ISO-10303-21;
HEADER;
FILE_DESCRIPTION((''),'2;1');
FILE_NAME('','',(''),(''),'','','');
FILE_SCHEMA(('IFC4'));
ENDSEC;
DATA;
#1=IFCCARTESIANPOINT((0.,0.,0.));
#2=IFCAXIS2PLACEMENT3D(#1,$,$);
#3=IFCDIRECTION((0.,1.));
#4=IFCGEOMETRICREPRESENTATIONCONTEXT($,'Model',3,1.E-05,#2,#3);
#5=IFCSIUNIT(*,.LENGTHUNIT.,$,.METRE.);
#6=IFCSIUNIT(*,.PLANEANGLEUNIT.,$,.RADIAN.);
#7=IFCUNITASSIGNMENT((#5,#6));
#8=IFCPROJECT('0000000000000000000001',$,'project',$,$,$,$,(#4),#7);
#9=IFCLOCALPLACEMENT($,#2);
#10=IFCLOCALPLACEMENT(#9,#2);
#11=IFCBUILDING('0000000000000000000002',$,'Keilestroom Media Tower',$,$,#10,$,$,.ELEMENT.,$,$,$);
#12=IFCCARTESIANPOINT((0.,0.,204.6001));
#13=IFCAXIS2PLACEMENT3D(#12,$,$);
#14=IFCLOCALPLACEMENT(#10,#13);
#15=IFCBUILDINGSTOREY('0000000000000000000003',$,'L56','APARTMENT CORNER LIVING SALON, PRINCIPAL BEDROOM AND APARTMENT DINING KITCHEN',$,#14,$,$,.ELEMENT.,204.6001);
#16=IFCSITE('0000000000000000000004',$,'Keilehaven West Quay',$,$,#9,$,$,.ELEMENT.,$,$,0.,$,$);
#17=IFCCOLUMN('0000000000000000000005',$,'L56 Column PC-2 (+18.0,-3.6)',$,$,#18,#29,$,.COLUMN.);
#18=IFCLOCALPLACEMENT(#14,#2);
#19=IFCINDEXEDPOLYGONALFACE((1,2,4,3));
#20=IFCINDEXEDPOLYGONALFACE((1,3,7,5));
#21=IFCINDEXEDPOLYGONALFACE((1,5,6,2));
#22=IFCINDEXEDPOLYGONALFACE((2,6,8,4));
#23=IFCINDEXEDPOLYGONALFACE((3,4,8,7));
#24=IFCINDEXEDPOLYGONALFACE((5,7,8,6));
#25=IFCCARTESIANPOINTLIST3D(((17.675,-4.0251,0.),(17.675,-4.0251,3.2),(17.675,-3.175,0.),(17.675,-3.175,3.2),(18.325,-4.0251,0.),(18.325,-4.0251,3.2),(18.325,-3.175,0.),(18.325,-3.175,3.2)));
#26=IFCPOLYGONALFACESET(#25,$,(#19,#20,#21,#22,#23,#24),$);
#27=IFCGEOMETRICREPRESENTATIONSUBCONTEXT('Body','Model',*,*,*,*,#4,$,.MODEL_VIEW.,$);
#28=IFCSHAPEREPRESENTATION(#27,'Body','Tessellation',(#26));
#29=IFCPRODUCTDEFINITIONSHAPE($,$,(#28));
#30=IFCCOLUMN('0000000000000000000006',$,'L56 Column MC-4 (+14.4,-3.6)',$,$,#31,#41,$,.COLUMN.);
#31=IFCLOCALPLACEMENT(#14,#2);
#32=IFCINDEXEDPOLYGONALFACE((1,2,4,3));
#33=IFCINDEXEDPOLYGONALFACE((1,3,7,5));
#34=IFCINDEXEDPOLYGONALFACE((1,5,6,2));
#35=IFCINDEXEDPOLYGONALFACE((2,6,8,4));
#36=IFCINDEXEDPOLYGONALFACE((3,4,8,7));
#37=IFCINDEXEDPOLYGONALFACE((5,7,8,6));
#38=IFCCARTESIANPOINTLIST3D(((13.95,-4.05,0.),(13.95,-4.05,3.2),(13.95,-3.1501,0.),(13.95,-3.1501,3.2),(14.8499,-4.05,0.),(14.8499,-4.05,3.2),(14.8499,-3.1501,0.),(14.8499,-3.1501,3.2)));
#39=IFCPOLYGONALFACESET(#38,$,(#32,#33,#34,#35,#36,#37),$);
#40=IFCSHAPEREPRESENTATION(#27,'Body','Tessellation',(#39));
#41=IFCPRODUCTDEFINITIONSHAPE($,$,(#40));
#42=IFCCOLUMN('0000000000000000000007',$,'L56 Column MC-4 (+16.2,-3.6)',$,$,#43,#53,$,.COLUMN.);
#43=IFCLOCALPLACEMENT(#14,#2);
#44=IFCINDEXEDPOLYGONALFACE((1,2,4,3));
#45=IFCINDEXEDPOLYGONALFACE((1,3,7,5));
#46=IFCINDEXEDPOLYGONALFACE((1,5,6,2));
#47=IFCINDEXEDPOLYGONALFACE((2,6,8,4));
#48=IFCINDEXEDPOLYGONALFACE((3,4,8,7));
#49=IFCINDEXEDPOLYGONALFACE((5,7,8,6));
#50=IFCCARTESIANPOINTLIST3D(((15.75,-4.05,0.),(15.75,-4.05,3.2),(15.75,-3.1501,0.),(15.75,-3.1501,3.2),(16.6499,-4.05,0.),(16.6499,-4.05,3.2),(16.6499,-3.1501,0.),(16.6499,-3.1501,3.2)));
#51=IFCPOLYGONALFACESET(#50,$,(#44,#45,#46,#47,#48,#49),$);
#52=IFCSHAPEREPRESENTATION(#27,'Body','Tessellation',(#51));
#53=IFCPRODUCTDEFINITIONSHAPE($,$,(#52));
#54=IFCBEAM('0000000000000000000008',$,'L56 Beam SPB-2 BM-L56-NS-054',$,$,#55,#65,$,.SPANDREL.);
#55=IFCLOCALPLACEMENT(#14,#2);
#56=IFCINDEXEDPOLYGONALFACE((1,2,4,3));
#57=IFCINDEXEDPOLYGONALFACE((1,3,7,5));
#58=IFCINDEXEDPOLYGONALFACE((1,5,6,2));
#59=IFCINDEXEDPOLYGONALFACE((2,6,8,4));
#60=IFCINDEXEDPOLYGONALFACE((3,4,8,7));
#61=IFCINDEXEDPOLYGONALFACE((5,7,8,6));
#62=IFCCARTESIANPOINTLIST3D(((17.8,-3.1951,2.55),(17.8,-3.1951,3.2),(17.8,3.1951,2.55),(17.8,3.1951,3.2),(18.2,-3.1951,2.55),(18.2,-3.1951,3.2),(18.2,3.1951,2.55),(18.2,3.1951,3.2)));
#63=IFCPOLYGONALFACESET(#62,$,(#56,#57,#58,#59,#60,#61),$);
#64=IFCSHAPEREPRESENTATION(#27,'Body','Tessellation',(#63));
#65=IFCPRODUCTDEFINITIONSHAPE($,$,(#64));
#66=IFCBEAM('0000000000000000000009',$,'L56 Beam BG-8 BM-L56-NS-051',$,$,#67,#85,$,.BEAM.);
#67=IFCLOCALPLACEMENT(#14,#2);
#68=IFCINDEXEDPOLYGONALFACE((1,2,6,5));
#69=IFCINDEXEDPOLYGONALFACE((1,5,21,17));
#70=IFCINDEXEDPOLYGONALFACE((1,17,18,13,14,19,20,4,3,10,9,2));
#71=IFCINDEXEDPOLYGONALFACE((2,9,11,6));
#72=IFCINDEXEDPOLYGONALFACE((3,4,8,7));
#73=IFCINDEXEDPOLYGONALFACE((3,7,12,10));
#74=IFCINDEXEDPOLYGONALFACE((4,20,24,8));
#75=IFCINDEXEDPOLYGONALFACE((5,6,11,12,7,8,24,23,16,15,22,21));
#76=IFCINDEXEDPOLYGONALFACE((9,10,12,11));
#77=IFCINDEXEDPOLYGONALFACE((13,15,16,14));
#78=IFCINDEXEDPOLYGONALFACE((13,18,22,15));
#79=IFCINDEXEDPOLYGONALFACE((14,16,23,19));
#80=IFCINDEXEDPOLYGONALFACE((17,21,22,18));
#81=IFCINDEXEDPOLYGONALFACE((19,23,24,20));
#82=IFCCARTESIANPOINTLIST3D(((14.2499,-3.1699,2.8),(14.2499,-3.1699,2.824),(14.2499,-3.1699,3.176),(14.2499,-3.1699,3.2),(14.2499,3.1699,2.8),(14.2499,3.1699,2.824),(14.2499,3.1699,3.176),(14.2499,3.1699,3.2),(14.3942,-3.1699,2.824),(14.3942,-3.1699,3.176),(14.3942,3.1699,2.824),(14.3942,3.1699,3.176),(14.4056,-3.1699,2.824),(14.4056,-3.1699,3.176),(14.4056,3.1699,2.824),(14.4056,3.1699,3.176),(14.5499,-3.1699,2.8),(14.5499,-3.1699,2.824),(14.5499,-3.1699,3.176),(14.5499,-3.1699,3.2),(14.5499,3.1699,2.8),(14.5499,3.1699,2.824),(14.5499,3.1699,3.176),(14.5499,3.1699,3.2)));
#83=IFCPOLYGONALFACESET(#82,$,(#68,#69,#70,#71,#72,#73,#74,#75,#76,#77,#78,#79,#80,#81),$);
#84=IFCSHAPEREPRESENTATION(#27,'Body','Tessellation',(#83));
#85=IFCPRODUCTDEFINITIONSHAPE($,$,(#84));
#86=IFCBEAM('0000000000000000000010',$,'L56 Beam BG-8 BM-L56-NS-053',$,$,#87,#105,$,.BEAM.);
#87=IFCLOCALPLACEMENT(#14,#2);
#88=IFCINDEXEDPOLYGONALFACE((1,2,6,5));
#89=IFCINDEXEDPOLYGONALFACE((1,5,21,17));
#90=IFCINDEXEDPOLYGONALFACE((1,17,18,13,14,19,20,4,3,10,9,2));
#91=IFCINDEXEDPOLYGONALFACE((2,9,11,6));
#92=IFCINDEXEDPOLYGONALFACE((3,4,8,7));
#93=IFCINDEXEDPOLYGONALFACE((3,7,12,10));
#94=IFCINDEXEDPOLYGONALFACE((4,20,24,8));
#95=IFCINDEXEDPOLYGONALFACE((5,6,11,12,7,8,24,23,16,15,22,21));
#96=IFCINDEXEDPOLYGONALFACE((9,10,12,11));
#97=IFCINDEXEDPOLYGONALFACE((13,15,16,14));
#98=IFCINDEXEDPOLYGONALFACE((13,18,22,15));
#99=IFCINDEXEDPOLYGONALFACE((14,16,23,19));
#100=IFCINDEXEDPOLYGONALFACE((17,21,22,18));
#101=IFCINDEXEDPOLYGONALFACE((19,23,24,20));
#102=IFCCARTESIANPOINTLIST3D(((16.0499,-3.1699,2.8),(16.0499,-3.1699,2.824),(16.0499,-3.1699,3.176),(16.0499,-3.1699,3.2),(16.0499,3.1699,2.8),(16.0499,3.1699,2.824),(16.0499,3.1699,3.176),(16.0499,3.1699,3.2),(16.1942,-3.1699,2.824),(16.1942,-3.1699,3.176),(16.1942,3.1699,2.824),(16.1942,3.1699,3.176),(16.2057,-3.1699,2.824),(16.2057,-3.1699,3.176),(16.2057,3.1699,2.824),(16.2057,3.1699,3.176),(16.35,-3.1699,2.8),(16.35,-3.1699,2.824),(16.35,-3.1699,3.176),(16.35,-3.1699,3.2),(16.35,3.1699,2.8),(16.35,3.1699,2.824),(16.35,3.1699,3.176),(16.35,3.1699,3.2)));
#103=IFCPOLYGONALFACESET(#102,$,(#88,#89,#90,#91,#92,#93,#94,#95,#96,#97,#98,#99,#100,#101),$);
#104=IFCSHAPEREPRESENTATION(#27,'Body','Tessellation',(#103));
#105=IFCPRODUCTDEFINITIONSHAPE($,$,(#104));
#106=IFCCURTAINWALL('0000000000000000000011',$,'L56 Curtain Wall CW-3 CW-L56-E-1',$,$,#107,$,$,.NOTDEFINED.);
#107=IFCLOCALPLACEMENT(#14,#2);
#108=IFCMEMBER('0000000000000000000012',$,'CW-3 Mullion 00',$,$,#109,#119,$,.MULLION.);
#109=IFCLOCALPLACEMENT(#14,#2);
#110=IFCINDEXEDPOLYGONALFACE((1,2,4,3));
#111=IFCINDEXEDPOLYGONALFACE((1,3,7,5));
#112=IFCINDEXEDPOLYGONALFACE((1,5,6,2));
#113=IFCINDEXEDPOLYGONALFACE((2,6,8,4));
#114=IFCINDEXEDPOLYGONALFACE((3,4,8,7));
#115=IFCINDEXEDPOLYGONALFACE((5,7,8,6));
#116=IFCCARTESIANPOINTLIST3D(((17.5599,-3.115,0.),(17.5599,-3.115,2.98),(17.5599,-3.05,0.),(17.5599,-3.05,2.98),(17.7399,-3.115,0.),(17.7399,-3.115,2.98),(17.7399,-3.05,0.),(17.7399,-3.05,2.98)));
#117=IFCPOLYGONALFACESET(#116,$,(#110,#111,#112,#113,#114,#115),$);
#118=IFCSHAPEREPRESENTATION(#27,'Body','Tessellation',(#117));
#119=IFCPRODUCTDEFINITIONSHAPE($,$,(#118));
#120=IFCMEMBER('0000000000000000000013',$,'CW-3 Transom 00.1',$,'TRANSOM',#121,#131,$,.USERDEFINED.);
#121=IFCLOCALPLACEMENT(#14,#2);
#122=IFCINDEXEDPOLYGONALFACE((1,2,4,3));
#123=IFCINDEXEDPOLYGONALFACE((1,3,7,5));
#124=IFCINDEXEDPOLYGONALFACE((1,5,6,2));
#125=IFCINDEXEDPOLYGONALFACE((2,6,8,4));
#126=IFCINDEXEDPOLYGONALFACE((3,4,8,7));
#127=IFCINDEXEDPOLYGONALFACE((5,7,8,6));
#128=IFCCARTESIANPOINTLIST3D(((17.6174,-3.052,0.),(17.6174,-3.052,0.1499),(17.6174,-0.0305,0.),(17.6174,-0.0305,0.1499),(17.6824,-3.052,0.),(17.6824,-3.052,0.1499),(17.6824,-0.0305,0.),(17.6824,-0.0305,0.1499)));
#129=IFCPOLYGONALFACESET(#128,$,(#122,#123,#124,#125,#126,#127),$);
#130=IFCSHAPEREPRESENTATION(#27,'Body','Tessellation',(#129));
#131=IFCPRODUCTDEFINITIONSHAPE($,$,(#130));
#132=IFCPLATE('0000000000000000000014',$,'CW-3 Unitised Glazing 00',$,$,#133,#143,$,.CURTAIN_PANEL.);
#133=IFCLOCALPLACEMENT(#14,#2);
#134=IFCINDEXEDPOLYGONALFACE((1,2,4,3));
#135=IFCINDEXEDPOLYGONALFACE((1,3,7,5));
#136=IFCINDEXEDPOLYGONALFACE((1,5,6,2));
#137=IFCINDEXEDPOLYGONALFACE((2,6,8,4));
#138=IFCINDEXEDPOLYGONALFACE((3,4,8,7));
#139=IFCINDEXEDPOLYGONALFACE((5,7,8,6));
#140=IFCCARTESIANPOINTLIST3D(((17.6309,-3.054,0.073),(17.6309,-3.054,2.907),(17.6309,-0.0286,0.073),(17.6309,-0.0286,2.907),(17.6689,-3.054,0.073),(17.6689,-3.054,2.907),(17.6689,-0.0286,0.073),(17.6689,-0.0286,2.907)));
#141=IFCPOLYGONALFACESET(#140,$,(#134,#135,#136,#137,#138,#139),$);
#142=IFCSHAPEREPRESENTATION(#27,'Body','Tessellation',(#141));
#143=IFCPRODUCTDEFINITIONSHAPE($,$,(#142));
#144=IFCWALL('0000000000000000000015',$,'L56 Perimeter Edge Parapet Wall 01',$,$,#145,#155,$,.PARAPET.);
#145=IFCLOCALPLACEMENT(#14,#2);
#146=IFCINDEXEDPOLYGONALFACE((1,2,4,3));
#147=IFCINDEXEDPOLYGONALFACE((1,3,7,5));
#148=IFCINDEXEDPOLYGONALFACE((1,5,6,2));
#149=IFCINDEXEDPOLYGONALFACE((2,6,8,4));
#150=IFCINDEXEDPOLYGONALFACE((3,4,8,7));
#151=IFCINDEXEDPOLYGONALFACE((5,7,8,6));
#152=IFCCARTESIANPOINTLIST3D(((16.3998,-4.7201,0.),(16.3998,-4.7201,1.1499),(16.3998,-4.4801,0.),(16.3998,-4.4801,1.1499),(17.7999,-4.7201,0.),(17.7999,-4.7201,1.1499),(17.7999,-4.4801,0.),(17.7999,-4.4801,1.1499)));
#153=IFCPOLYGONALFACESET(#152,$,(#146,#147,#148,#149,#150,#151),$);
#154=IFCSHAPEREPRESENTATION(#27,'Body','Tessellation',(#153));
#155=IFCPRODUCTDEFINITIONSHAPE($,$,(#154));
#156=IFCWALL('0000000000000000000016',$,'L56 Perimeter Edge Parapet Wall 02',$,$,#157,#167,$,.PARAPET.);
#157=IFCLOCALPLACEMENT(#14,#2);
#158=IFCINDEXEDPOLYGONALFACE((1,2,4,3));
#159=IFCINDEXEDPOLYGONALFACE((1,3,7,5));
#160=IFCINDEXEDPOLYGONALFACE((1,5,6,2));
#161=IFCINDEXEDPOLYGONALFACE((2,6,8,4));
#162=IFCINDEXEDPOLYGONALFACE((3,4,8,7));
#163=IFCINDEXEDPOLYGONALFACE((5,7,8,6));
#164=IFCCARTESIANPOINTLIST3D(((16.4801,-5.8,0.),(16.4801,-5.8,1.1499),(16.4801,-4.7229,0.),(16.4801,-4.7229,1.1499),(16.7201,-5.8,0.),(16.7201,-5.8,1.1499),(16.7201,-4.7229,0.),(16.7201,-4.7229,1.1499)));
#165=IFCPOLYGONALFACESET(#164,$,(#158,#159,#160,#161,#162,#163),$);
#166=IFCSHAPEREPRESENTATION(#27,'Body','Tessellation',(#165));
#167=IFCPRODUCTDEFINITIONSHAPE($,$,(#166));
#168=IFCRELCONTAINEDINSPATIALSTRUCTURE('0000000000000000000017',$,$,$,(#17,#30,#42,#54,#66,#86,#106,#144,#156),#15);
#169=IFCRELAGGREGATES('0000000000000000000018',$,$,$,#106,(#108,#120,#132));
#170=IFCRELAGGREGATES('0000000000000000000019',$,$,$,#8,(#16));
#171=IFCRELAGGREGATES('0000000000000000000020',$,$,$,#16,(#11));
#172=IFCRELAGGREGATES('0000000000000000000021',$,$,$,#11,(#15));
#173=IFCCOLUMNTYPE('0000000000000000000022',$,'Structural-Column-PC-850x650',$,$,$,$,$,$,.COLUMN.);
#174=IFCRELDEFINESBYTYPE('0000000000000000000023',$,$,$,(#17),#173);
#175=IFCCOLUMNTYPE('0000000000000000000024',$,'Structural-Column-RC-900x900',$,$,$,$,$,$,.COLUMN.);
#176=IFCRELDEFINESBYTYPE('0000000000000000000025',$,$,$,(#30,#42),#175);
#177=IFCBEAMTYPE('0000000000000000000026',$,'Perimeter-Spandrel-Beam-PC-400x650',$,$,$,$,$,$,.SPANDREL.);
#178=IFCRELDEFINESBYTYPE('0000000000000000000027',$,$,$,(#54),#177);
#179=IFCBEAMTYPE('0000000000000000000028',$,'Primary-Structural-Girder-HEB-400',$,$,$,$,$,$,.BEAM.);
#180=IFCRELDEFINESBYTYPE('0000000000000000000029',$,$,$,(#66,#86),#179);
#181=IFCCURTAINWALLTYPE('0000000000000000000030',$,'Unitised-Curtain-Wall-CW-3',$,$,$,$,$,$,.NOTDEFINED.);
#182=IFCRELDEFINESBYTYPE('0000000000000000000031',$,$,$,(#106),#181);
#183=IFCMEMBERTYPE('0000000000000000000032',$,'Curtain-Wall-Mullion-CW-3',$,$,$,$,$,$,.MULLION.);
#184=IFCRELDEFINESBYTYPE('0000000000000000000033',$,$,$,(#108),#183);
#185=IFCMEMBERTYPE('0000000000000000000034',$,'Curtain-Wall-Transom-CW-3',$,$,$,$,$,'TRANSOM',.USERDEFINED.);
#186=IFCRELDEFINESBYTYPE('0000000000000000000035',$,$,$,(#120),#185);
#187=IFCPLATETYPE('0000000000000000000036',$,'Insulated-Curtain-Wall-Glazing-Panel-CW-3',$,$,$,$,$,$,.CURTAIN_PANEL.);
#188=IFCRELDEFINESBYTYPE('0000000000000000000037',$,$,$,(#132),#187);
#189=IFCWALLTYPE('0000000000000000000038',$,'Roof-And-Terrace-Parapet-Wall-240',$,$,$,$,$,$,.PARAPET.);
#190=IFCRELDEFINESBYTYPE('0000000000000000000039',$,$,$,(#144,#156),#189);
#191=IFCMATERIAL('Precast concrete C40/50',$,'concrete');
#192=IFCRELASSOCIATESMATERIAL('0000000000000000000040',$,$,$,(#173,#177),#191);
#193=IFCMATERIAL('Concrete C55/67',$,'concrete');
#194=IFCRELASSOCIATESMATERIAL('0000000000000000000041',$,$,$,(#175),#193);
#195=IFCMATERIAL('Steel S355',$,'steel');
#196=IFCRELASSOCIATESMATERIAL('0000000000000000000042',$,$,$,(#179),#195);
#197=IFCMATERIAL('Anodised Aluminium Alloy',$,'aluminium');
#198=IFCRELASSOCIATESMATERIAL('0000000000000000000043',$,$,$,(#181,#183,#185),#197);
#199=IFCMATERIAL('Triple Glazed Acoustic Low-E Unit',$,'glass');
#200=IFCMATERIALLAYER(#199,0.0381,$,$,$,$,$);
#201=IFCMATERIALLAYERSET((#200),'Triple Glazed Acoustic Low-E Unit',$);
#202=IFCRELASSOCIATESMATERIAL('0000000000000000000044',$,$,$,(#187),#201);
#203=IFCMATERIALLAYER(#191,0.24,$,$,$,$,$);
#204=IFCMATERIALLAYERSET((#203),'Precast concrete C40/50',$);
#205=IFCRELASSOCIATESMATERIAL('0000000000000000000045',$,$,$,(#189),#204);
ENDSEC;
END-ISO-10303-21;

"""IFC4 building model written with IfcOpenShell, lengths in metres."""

from ifc_helpers import new_model, si_unit, direction, frame, frame_2d, origin, origin_2d, place, context, subcontext, project, spatial, rectangle, i_section, extrude, source, transform, mapped, material, layer, layer_set, material_profile, profile_set, type_object, element, aggregate, save


model = new_model("IFC4")

# Units and contexts
model_context = context("Model", 3, precision=1e-05, world=origin(), true_north=direction((0.0, 1.0)))
body_context = subcontext(model_context, "Body", "Model", "MODEL_VIEW")
ifc_project = project(units=[si_unit("LENGTHUNIT", "METRE"), si_unit("PLANEANGLEUNIT", "RADIAN")], contexts=[model_context])

# Site, building, storey
site_placement = place(None, origin())
site = spatial("IfcSite", under=ifc_project, at=site_placement, Name="Keilehaven West Quay", CompositionType="ELEMENT", RefElevation=0.0)
building_placement = place(site_placement, origin())
building = spatial("IfcBuilding", under=site, at=building_placement, Name="Keilestroom Media Tower", CompositionType="ELEMENT")
storey_placement = place(building_placement, frame((0.0, 0.0, 204.6001)))
storey = spatial("IfcBuildingStorey", under=building, at=storey_placement, Name="L56", Description="APARTMENT CORNER LIVING SALON, PRINCIPAL BEDROOM AND APARTMENT DINING KITCHEN", CompositionType="ELEMENT", Elevation=204.6001)

# Columns
ifc_material_1 = material(Name="Precast concrete C40/50", Category="concrete")
ifc_material_profile_1 = material_profile(ifc_material_1, rectangle(XDim=0.6499, YDim=0.8501, at=origin_2d()), Name="PC 850x650")
ifc_profile_set_1 = profile_set([ifc_material_profile_1], Name="Precast concrete C40/50")
column_type_1 = type_object("IfcColumnType", Name="Structural-Column-PC-850x650", PredefinedType="COLUMN", material=ifc_profile_set_1)
shared_shape_1 = source(origin(), body_context, "Body", "SweptSolid", [
    extrude(rectangle(XDim=0.6499, YDim=0.8501, at=origin_2d()), origin(), (0.0, 0.0, 1.0), 3.2),
])
column_placement = place(storey_placement, frame((18.0, -3.6001, 0.0), z_axis=(0.0, 0.0, 1.0), x_axis=(1.0, 0.0, 0.0)))
element("IfcColumn", 1, at=column_placement, inside=storey, type_object=column_type_1, Name="L56 Column PC-2 (+18.0,-3.6)", PredefinedType="COLUMN", context=body_context, shape_type="MappedRepresentation", body=[
    mapped(shared_shape_1, transform((0.0, 0.0, 0.0), x_axis=(1.0, 0.0, 0.0), y_axis=(0.0, 1.0, 0.0), z_axis=(0.0, 0.0, 1.0), scale=1.0)),
])
ifc_material_2 = material(Name="Concrete C55/67", Category="concrete")
ifc_material_profile_2 = material_profile(ifc_material_2, rectangle(XDim=0.8999, YDim=0.8999, at=origin_2d()), Name="RC 900x900")
ifc_profile_set_2 = profile_set([ifc_material_profile_2], Name="Concrete C55/67")
column_type_2 = type_object("IfcColumnType", Name="Structural-Column-RC-900x900", PredefinedType="COLUMN", material=ifc_profile_set_2)
shared_shape_2 = source(origin(), body_context, "Body", "SweptSolid", [
    extrude(rectangle(XDim=0.8999, YDim=0.8999, at=origin_2d()), origin(), (0.0, 0.0, 1.0), 3.2),
])
for number, where, z_axis, x_axis, name in (
    (2, (14.3999, -3.6001, 0.0), (0.0, 0.0, 1.0), (1.0, 0.0, 0.0), "L56 Column MC-4 (+14.4,-3.6)"),
    (3, (16.2, -3.6001, 0.0), (0.0, 0.0, 1.0), (1.0, 0.0, 0.0), "L56 Column MC-4 (+16.2,-3.6)"),
):
    element("IfcColumn", number, at=place(storey_placement, frame(where, z_axis=z_axis, x_axis=x_axis)), inside=storey, type_object=column_type_2, Name=name, PredefinedType="COLUMN", context=body_context, shape_type="MappedRepresentation", body=[
        mapped(shared_shape_2, transform((0.0, 0.0, 0.0), x_axis=(1.0, 0.0, 0.0), y_axis=(0.0, 1.0, 0.0), z_axis=(0.0, 0.0, 1.0), scale=1.0)),
    ])

# Beams
ifc_material_profile_3 = material_profile(ifc_material_1, rectangle(XDim=0.3999, YDim=0.6499, at=origin_2d()), Name="PC 400x650")
ifc_profile_set_3 = profile_set([ifc_material_profile_3], Name="Precast concrete C40/50")
beam_type_1 = type_object("IfcBeamType", Name="Perimeter-Spandrel-Beam-PC-400x650", PredefinedType="SPANDREL", material=ifc_profile_set_3)
shared_shape_3 = source(origin(), body_context, "Body", "SweptSolid", [
    extrude(rectangle(XDim=0.3999, YDim=0.6499, at=origin_2d()), origin(), (0.0, 0.0, 1.0), 6.3901),
])
beam_placement = place(storey_placement, frame((18.0, -3.1951, 2.875), z_axis=(0.0, 1.0, 0.0), x_axis=(-1.0, 0.0, 0.0)))
element("IfcBeam", 4, at=beam_placement, inside=storey, type_object=beam_type_1, Name="L56 Beam SPB-2 BM-L56-NS-054", PredefinedType="SPANDREL", context=body_context, shape_type="MappedRepresentation", body=[
    mapped(shared_shape_3, transform((0.0, 0.0, 0.0), x_axis=(1.0, 0.0, 0.0), y_axis=(0.0, 1.0, 0.0), z_axis=(0.0, 0.0, 1.0), scale=1.0)),
])
ifc_material_3 = material(Name="Steel S355", Category="steel")
ifc_material_profile_4 = material_profile(ifc_material_3, i_section(OverallWidth=0.3, OverallDepth=0.3999, WebThickness=0.0115, FlangeThickness=0.0239, at=origin_2d()), Name="HEB 400")
ifc_profile_set_4 = profile_set([ifc_material_profile_4], Name="Steel S355")
beam_type_2 = type_object("IfcBeamType", Name="Primary-Structural-Girder-HEB-400", PredefinedType="BEAM", material=ifc_profile_set_4)
shared_shape_4 = source(origin(), body_context, "Body", "SweptSolid", [
    extrude(i_section(OverallWidth=0.3, OverallDepth=0.3999, WebThickness=0.0115, FlangeThickness=0.0239, at=origin_2d()), origin(), (0.0, 0.0, 1.0), 6.3398),
])
for number, where, z_axis, x_axis, name in (
    (5, (14.3999, -3.1699, 3.0), (0.0, 1.0, 0.0), (-1.0, 0.0, 0.0), "L56 Beam BG-8 BM-L56-NS-051"),
    (6, (16.2, -3.1699, 3.0), (0.0, 1.0, 0.0), (-1.0, 0.0, 0.0), "L56 Beam BG-8 BM-L56-NS-053"),
):
    element("IfcBeam", number, at=place(storey_placement, frame(where, z_axis=z_axis, x_axis=x_axis)), inside=storey, type_object=beam_type_2, Name=name, PredefinedType="BEAM", context=body_context, shape_type="MappedRepresentation", body=[
        mapped(shared_shape_4, transform((0.0, 0.0, 0.0), x_axis=(1.0, 0.0, 0.0), y_axis=(0.0, 1.0, 0.0), z_axis=(0.0, 0.0, 1.0), scale=1.0)),
    ])

# Curtain wall, members, plate
ifc_material_4 = material(Name="Anodised Aluminium Alloy", Category="aluminium")
curtain_wall_type = type_object("IfcCurtainWallType", Name="Unitised-Curtain-Wall-CW-3", PredefinedType="NOTDEFINED", material=ifc_material_4)
curtain_wall_placement = place(storey_placement, origin())
curtain_wall = element("IfcCurtainWall", 7, at=curtain_wall_placement, inside=storey, type_object=curtain_wall_type, Name="L56 Curtain Wall CW-3 CW-L56-E-1", PredefinedType="NOTDEFINED")
ifc_material_profile_5 = material_profile(ifc_material_4, rectangle(XDim=0.0649, YDim=0.1799, at=origin_2d()), Name="ALU MULLION 65x180")
ifc_profile_set_5 = profile_set([ifc_material_profile_5], Name="Anodised Aluminium Alloy")
member_type_1 = type_object("IfcMemberType", Name="Curtain-Wall-Mullion-CW-3", PredefinedType="MULLION", material=ifc_profile_set_5)
shared_shape_5 = source(origin(), body_context, "Body", "SweptSolid", [
    extrude(rectangle(XDim=0.0649, YDim=0.1799, at=origin_2d()), origin(), (0.0, 0.0, 1.0), 2.98),
])
member_1_placement = place(storey_placement, frame((17.6499, -3.0825, 0.0), z_axis=(0.0, 0.0, 1.0), x_axis=(0.0, 1.0, 0.0)))
member_1 = element("IfcMember", 8, at=member_1_placement, type_object=member_type_1, Name="CW-3 Mullion 00", PredefinedType="MULLION", context=body_context, shape_type="MappedRepresentation", body=[
    mapped(shared_shape_5, transform((0.0, 0.0, 0.0), x_axis=(1.0, 0.0, 0.0), y_axis=(0.0, 1.0, 0.0), z_axis=(0.0, 0.0, 1.0), scale=1.0)),
])
ifc_material_profile_6 = material_profile(ifc_material_4, rectangle(XDim=0.0649, YDim=0.1499, at=origin_2d()), Name="ALU TRANSOM 65x150")
ifc_profile_set_6 = profile_set([ifc_material_profile_6], Name="Anodised Aluminium Alloy")
member_type_2 = type_object("IfcMemberType", Name="Curtain-Wall-Transom-CW-3", ElementType="TRANSOM", PredefinedType="USERDEFINED", material=ifc_profile_set_6)
shared_shape_6 = source(origin(), body_context, "Body", "SweptSolid", [
    extrude(rectangle(XDim=0.0649, YDim=0.1499, at=origin_2d()), origin(), (0.0, 0.0, 1.0), 3.0215),
])
member_2_placement = place(storey_placement, frame((17.6499, -3.052, 0.075), z_axis=(0.0, 1.0, 0.0), x_axis=(-1.0, 0.0, 0.0)))
member_2 = element("IfcMember", 9, at=member_2_placement, type_object=member_type_2, Name="CW-3 Transom 00.1", ObjectType="TRANSOM", PredefinedType="USERDEFINED", context=body_context, shape_type="MappedRepresentation", body=[
    mapped(shared_shape_6, transform((0.0, 0.0, 0.0), x_axis=(1.0, 0.0, 0.0), y_axis=(0.0, 1.0, 0.0), z_axis=(0.0, 0.0, 1.0), scale=1.0)),
])
ifc_material_5 = material(Name="Triple Glazed Acoustic Low-E Unit", Category="glass")
ifc_layer_1 = layer(ifc_material_5, 0.0381)
ifc_layer_set_1 = layer_set([ifc_layer_1], Name="Triple Glazed Acoustic Low-E Unit")
plate_type = type_object("IfcPlateType", Name="Insulated-Curtain-Wall-Glazing-Panel-CW-3", PredefinedType="CURTAIN_PANEL", material=ifc_layer_set_1)
shared_shape_7 = source(origin(), body_context, "Body", "SweptSolid", [
    extrude(rectangle(XDim=3.0254, YDim=0.0381, at=origin_2d()), origin(), (0.0, 0.0, 1.0), 2.834),
])
plate_placement = place(storey_placement, frame((17.6499, -1.5413, 0.073), z_axis=(0.0, 0.0, 1.0), x_axis=(0.0, 1.0, 0.0)))
plate = element("IfcPlate", 10, at=plate_placement, type_object=plate_type, Name="CW-3 Unitised Glazing 00", PredefinedType="CURTAIN_PANEL", context=body_context, shape_type="MappedRepresentation", body=[
    mapped(shared_shape_7, transform((0.0, 0.0, 0.0), x_axis=(1.0, 0.0, 0.0), y_axis=(0.0, 1.0, 0.0), z_axis=(0.0, 0.0, 1.0), scale=1.0)),
])
aggregate(curtain_wall, [member_1, member_2, plate])

# Walls
ifc_layer_2 = layer(ifc_material_1, 0.24)
ifc_layer_set_2 = layer_set([ifc_layer_2], Name="Precast concrete C40/50")
wall_type = type_object("IfcWallType", Name="Roof-And-Terrace-Parapet-Wall-240", PredefinedType="PARAPET", material=ifc_layer_set_2)
wall_1_placement = place(storey_placement, frame((17.8, -4.6001, 0.0), z_axis=(0.0, 0.0, 1.0), x_axis=(-1.0, 0.0, 0.0)))
element("IfcWall", 11, at=wall_1_placement, inside=storey, type_object=wall_type, Name="L56 Perimeter Edge Parapet Wall 01", PredefinedType="PARAPET", context=body_context, shape_type="SweptSolid", body=[
    extrude(rectangle(XDim=1.4001, YDim=0.24, at=frame_2d((0.7002, 0.0))), origin(), (0.0, 0.0, 1.0), 1.1499),
])
wall_2_placement = place(storey_placement, frame((16.6001, -4.7229, 0.0), z_axis=(0.0, 0.0, 1.0), x_axis=(0.0, -1.0, 0.0)))
element("IfcWall", 12, at=wall_2_placement, inside=storey, type_object=wall_type, Name="L56 Perimeter Edge Parapet Wall 02", PredefinedType="PARAPET", context=body_context, shape_type="SweptSolid", body=[
    extrude(rectangle(XDim=1.0771, YDim=0.24, at=frame_2d((0.5386, 0.0))), origin(), (0.0, 0.0, 1.0), 1.1499),
])

save(model, "model.ifc")
